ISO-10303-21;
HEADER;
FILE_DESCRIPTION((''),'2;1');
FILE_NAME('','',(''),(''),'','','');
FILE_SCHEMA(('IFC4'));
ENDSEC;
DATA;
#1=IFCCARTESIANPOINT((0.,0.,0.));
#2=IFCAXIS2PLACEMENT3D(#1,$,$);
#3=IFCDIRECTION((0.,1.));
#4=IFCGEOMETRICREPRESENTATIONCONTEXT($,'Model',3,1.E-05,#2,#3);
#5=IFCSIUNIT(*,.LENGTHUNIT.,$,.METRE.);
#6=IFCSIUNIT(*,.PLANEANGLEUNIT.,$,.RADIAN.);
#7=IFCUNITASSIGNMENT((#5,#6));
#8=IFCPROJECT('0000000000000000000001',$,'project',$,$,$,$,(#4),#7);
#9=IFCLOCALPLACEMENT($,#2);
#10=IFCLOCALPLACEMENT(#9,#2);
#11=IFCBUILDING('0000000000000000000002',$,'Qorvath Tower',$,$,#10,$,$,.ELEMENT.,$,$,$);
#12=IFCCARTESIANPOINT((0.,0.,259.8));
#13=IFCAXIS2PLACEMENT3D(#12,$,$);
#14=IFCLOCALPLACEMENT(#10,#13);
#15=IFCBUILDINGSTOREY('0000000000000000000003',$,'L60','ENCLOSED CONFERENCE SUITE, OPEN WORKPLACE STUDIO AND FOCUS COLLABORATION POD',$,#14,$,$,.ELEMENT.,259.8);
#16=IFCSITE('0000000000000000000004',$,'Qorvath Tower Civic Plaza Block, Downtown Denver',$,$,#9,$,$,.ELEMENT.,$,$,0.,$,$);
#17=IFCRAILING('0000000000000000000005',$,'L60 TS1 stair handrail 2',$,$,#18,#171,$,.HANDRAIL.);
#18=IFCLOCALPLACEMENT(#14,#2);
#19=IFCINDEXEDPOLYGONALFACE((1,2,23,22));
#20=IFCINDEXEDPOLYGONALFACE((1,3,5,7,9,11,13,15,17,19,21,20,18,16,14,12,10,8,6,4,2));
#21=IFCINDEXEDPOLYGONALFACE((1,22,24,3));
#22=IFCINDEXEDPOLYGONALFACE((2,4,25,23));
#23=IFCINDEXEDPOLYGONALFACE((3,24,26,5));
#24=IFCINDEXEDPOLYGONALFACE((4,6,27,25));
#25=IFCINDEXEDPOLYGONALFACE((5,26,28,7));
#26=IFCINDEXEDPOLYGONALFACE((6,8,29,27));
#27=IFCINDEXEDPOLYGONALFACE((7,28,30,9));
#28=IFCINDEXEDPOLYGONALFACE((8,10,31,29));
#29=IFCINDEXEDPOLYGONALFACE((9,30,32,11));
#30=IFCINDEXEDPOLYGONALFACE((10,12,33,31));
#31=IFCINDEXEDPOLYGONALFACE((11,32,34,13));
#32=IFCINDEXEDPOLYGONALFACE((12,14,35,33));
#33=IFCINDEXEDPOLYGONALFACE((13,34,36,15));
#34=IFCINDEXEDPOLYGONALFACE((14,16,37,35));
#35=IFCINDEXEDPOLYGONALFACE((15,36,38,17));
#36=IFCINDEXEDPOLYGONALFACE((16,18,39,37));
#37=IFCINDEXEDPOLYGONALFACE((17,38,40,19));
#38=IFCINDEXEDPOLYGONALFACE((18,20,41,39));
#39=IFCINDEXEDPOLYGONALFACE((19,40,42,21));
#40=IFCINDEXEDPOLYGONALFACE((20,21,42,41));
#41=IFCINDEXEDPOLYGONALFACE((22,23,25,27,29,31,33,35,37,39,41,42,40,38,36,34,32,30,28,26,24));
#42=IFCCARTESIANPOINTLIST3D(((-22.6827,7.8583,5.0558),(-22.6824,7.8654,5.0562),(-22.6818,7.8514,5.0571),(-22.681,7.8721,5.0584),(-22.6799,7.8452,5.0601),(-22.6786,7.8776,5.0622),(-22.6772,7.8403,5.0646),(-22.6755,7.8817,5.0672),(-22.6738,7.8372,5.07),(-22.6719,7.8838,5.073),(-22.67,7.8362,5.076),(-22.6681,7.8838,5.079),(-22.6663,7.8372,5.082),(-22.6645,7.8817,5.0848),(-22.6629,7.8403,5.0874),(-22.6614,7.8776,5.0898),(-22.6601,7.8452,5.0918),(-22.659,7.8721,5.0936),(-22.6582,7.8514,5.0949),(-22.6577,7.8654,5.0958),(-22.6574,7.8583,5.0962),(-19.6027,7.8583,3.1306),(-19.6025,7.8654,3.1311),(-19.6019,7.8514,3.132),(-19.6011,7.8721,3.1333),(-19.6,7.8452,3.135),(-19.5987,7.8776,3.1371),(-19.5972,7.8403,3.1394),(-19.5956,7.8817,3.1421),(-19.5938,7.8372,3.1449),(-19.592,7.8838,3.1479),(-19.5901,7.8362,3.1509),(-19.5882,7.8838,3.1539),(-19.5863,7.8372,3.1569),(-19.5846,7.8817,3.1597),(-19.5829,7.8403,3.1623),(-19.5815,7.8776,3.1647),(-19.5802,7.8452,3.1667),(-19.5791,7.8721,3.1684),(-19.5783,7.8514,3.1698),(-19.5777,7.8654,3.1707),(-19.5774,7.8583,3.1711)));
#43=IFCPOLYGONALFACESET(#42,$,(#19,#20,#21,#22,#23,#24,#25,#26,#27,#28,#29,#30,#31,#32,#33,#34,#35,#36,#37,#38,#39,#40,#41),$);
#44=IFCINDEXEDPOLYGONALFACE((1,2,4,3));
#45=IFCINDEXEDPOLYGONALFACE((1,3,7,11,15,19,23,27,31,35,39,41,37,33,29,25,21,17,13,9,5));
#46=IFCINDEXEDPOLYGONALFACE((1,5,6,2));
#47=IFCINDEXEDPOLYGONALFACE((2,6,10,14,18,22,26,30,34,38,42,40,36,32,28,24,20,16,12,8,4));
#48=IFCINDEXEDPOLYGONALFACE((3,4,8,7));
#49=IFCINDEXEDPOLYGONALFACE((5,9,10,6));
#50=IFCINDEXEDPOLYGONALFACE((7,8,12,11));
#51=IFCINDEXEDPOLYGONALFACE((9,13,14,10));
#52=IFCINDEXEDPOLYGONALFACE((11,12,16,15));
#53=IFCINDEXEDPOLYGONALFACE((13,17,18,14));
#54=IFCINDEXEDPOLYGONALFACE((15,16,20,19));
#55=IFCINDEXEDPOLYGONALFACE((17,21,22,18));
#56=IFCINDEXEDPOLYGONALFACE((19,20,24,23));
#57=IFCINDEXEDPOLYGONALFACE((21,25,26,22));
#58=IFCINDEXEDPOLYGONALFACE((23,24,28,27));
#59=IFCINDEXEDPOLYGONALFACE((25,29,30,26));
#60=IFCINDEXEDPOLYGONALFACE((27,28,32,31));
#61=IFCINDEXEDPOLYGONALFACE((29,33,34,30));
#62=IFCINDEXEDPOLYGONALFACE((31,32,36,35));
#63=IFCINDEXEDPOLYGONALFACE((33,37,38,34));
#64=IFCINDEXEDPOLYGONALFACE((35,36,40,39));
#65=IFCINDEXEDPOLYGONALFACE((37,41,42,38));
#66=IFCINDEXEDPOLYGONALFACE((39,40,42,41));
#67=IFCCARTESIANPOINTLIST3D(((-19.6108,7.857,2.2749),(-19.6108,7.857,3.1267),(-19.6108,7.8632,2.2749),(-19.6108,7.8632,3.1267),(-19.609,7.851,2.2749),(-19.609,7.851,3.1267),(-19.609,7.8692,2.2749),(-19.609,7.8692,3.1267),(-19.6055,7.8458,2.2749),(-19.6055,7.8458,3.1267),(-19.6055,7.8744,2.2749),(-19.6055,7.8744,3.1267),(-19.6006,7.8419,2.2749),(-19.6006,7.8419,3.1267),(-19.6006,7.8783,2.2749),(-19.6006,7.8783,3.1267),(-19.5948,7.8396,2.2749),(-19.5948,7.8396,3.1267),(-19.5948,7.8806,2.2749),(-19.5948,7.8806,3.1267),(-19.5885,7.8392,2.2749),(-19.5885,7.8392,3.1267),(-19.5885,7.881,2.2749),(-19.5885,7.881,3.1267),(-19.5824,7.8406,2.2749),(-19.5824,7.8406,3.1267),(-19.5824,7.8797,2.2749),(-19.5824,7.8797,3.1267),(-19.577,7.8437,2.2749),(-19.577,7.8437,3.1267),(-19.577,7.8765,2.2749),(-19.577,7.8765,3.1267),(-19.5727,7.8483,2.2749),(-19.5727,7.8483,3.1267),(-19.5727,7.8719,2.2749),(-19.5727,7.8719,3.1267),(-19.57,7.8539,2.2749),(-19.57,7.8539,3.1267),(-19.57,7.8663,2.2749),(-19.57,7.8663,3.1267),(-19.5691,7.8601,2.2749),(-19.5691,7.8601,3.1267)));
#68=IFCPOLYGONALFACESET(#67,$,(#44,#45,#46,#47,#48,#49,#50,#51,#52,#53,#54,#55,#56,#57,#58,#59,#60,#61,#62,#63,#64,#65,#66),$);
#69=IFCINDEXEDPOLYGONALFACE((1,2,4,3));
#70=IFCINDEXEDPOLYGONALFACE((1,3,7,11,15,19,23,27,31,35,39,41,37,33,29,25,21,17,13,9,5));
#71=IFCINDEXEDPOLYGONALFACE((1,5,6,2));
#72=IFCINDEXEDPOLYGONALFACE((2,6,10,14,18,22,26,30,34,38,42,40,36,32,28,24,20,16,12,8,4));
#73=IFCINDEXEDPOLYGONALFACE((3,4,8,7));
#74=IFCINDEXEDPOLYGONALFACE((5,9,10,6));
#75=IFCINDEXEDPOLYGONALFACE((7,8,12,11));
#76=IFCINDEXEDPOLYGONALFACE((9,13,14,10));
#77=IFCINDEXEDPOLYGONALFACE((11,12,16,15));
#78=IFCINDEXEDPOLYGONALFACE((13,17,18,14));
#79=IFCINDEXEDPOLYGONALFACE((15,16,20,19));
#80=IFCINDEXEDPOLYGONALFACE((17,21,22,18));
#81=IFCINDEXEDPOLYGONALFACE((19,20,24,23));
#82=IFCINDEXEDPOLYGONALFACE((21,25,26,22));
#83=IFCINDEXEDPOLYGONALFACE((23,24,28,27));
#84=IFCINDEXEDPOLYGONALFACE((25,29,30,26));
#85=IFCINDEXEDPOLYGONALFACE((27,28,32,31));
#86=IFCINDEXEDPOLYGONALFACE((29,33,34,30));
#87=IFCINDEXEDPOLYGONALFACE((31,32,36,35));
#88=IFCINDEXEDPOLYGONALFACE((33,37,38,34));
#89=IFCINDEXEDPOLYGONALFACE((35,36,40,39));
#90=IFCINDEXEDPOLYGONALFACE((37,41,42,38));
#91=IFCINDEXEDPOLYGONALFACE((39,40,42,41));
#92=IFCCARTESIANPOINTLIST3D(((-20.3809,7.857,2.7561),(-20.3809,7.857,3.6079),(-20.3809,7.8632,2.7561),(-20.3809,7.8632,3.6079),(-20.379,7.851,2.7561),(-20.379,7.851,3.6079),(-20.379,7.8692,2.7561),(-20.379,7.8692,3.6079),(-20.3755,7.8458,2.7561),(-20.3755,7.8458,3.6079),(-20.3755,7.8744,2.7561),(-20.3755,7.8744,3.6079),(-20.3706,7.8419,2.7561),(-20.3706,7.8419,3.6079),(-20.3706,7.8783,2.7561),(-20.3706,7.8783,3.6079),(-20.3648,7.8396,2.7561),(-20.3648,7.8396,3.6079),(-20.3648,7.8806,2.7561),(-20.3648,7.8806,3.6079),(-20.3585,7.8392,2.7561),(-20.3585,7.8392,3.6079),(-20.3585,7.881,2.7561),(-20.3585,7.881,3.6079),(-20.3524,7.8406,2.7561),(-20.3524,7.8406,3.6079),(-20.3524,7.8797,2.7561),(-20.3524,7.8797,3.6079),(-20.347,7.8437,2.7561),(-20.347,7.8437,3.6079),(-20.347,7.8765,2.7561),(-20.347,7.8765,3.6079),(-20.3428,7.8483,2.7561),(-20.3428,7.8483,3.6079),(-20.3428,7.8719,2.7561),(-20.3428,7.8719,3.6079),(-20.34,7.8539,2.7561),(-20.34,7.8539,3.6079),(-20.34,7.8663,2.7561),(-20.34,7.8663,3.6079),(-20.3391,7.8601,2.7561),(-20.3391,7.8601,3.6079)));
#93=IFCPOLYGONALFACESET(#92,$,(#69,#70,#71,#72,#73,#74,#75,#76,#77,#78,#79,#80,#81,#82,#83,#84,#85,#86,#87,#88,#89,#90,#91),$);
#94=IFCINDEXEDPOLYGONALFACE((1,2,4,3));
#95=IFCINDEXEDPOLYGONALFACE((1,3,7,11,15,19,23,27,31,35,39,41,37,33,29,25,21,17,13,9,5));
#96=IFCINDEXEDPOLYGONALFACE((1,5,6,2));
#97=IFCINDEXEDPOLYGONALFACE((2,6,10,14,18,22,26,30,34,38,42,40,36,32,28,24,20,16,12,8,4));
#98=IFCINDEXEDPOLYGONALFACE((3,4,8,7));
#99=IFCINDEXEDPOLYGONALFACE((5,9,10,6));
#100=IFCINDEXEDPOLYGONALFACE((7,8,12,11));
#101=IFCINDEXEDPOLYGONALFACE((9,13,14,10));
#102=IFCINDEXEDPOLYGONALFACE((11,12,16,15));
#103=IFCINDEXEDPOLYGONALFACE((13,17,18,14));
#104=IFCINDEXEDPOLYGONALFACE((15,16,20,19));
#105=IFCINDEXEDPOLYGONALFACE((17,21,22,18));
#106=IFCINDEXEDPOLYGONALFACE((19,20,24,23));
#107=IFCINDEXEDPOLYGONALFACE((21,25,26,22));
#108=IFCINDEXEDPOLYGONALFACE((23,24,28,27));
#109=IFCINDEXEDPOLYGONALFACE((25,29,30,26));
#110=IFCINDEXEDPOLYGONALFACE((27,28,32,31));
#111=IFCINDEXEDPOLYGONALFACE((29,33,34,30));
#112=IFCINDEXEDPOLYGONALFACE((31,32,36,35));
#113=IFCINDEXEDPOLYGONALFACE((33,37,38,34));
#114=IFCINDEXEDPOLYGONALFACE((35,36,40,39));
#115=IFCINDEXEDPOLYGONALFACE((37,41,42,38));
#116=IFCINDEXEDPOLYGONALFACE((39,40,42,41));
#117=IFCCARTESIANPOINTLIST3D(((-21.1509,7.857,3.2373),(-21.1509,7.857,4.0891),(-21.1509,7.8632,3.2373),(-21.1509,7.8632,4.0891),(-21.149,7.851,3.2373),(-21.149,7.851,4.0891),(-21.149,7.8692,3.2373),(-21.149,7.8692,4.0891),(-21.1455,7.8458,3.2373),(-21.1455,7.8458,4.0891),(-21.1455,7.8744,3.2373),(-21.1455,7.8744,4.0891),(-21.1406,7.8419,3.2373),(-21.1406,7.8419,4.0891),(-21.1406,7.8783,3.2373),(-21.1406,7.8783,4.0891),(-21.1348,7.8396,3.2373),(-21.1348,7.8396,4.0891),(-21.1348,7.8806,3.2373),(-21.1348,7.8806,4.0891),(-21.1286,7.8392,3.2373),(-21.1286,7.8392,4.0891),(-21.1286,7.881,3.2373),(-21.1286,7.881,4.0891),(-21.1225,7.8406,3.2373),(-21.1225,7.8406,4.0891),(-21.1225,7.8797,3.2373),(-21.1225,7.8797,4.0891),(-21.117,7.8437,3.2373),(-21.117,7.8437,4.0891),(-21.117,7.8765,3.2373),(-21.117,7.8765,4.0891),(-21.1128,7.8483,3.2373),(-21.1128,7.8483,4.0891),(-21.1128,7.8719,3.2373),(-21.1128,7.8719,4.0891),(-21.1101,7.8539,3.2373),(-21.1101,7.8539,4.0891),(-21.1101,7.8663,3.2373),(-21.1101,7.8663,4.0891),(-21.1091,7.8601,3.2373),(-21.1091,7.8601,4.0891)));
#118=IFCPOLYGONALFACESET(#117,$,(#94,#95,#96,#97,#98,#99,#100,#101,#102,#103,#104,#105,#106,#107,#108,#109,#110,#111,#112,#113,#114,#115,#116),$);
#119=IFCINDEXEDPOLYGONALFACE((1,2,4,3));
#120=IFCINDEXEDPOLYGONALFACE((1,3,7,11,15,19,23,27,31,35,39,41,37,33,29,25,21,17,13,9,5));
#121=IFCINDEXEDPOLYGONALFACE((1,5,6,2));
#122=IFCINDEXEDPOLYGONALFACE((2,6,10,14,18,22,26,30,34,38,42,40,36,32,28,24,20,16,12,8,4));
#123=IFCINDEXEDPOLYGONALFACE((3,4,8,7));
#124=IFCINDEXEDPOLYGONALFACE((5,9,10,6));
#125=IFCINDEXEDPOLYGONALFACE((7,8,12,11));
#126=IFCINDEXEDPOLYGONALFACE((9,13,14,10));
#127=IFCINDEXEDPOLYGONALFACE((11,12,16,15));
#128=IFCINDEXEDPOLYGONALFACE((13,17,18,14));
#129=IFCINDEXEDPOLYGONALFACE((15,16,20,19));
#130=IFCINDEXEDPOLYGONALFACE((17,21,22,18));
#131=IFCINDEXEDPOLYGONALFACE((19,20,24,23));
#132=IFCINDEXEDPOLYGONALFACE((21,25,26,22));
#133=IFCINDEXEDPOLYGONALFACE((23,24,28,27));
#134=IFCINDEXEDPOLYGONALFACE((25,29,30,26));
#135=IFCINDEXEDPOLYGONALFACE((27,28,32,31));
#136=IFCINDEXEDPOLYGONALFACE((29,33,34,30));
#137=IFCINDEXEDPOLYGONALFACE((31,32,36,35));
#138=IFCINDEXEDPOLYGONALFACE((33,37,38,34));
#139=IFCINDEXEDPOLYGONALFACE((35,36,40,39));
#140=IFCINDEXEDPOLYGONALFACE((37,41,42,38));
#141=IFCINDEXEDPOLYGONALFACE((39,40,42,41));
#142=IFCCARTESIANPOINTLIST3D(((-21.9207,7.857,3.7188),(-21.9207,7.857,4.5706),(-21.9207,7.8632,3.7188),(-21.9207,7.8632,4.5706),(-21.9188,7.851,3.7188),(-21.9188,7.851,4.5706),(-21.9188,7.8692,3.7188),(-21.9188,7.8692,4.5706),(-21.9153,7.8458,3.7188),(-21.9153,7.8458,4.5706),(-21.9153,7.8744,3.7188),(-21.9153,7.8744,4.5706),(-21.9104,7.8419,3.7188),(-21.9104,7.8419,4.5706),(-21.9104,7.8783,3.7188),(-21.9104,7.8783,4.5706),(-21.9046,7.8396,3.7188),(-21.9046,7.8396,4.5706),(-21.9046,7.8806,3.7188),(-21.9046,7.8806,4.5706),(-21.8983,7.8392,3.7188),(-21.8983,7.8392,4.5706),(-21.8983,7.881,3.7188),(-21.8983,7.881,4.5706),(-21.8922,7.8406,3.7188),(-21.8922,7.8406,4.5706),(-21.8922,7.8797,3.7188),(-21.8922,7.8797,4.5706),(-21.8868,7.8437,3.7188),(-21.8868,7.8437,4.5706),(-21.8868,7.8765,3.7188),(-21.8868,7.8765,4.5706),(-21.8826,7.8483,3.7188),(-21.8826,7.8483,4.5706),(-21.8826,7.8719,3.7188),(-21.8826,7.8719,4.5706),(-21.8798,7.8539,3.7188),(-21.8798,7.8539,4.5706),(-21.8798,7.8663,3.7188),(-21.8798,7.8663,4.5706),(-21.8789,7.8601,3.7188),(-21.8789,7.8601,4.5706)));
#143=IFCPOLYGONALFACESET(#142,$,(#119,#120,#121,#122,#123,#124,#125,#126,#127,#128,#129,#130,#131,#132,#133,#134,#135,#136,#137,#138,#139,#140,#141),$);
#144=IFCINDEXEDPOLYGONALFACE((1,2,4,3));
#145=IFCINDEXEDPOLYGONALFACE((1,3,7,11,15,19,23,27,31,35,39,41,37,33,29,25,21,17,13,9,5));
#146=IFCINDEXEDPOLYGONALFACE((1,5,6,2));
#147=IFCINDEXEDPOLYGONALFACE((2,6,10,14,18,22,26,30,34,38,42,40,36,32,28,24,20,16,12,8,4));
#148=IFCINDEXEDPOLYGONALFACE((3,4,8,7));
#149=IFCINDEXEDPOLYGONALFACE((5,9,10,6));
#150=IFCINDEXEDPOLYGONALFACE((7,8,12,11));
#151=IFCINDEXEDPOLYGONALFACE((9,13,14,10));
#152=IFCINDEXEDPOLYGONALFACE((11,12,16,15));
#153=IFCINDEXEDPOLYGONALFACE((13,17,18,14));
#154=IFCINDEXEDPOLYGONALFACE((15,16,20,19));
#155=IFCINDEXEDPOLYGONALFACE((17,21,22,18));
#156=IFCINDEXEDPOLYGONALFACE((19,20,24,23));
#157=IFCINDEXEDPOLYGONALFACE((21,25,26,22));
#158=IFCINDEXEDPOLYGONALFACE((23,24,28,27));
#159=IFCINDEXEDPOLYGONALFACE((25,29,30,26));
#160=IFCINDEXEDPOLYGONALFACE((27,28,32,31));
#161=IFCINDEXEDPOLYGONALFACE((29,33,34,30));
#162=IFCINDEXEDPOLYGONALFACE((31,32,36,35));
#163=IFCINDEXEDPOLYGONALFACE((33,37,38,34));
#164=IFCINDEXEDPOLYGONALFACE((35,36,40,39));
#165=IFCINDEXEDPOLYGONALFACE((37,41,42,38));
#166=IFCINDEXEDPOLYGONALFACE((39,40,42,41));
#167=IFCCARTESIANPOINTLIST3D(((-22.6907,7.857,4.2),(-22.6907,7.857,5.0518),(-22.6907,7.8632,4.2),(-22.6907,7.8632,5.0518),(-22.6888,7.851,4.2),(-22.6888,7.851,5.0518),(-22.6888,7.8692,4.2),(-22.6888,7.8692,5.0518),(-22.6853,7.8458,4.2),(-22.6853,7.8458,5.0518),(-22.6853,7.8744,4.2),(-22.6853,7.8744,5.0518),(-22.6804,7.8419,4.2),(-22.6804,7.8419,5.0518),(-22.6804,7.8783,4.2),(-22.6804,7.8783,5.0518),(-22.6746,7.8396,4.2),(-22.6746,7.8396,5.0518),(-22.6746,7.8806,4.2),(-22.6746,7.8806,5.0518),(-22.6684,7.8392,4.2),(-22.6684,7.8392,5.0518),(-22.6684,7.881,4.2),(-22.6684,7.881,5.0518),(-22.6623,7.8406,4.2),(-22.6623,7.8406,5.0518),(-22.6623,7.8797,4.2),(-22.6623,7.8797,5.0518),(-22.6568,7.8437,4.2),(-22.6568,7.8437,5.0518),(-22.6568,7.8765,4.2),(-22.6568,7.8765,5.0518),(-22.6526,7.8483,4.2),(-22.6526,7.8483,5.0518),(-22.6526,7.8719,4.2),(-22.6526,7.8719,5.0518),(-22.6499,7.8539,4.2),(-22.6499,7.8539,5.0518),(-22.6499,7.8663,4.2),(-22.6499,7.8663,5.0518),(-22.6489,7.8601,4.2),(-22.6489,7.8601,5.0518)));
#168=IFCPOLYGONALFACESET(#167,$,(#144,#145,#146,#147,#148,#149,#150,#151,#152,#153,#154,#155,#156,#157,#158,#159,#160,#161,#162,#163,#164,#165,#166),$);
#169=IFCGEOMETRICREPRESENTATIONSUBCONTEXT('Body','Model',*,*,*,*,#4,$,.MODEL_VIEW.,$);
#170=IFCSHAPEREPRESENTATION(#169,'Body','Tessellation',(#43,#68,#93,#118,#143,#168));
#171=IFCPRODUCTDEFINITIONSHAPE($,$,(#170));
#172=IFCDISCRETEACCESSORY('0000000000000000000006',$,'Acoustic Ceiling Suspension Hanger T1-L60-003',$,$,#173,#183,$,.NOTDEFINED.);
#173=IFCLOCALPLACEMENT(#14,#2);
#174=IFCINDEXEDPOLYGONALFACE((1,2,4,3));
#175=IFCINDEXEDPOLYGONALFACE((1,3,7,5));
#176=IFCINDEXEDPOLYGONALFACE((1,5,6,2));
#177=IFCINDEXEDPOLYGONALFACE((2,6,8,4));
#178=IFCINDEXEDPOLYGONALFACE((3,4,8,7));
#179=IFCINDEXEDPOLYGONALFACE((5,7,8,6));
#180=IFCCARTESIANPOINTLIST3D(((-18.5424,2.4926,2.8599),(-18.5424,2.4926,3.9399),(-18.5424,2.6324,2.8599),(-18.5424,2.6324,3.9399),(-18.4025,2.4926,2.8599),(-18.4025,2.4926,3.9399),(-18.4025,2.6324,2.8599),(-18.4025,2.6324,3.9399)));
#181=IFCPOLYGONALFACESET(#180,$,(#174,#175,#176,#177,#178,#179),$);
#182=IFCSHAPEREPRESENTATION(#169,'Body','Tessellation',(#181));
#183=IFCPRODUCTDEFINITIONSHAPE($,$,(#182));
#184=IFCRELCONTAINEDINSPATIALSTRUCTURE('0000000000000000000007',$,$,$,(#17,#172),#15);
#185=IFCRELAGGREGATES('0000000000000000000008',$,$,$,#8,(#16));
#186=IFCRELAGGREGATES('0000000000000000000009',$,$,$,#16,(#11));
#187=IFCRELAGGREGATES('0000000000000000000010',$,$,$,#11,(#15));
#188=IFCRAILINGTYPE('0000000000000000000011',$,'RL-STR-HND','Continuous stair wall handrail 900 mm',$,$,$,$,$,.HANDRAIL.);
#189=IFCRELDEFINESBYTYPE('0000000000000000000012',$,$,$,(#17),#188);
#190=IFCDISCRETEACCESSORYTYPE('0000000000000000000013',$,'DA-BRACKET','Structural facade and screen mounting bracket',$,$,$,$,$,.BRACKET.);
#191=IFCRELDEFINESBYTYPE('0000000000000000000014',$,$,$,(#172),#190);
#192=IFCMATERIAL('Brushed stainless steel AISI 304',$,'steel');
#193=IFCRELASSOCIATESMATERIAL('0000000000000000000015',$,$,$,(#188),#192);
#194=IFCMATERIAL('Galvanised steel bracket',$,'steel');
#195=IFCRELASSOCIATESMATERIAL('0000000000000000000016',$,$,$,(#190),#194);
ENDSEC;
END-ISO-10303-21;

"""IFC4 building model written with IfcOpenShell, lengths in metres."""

from ifc_helpers import new_model, si_unit, direction, frame, origin, origin_2d, place, context, subcontext, project, spatial, rectangle, circle, extrude, material, type_object, element, save


model = new_model("IFC4")

# Units and contexts
model_context = context("Model", 3, precision=1e-05, world=origin(), true_north=direction((0.0, 1.0)))
body_context = subcontext(model_context, "Body", "Model", "MODEL_VIEW")
ifc_project = project(units=[si_unit("LENGTHUNIT", "METRE"), si_unit("PLANEANGLEUNIT", "RADIAN")], contexts=[model_context])

# Site, building, storey
site_placement = place(None, origin())
site = spatial("IfcSite", under=ifc_project, at=site_placement, Name="Qorvath Tower Civic Plaza Block, Downtown Denver", CompositionType="ELEMENT", RefElevation=0.0)
building_placement = place(site_placement, origin())
building = spatial("IfcBuilding", under=site, at=building_placement, Name="Qorvath Tower", CompositionType="ELEMENT")
storey_placement = place(building_placement, frame((0.0, 0.0, 259.8)))
storey = spatial("IfcBuildingStorey", under=building, at=storey_placement, Name="L60", Description="ENCLOSED CONFERENCE SUITE, OPEN WORKPLACE STUDIO AND FOCUS COLLABORATION POD", CompositionType="ELEMENT", Elevation=259.8)

# Railing
ifc_material_1 = material(Name="Brushed stainless steel AISI 304", Category="steel")
railing_type_1 = type_object("IfcRailingType", Name="RL-STR-HND", Description="Continuous stair wall handrail 900 mm", PredefinedType="HANDRAIL", material=ifc_material_1)
railing_1_placement = place(storey_placement, frame((-19.5901, 7.8601, 2.2749)))
element("IfcRailing", 1, at=railing_1_placement, inside=storey, type_object=railing_type_1, Name="L60 TS1 stair handrail 2", PredefinedType="HANDRAIL", context=body_context, shape_type="SweptSolid", body=[
    extrude(circle(Radius=0.0239, at=origin_2d()), frame((0.0, 0.0, 0.876), z_axis=(-0.847979, 0.0, 0.530029), x_axis=(0.0, -1.0, 0.0)), (0.0, 0.0, 1.0), 3.6321),
    extrude(circle(Radius=0.021, at=origin_2d()), origin(), (0.0, 0.0, 1.0), 0.8518),
    extrude(circle(Radius=0.021, at=origin_2d()), frame((-0.77, 0.0, 0.4812)), (0.0, 0.0, 1.0), 0.8518),
    extrude(circle(Radius=0.021, at=origin_2d()), frame((-1.54, 0.0, 0.9624)), (0.0, 0.0, 1.0), 0.8518),
    extrude(circle(Radius=0.021, at=origin_2d()), frame((-2.3098, 0.0, 1.4438)), (0.0, 0.0, 1.0), 0.8518),
    extrude(circle(Radius=0.021, at=origin_2d()), frame((-3.0798, 0.0, 1.925)), (0.0, 0.0, 1.0), 0.8518),
])

# Discrete accessory
ifc_material_2 = material(Name="Galvanised steel bracket", Category="steel")
discrete_accessory_type = type_object("IfcDiscreteAccessoryType", Name="DA-BRACKET", Description="Structural facade and screen mounting bracket", PredefinedType="BRACKET", material=ifc_material_2)
discrete_accessory_placement = place(storey_placement, frame((-18.4724, 2.5625, 2.8599), z_axis=(0.0, 0.0, 1.0), x_axis=(1.0, 0.0, 0.0)))
element("IfcDiscreteAccessory", 2, at=discrete_accessory_placement, inside=storey, type_object=discrete_accessory_type, Name="Acoustic Ceiling Suspension Hanger T1-L60-003", PredefinedType="NOTDEFINED", context=body_context, shape_type="SweptSolid", body=[
    extrude(rectangle(XDim=0.1399, YDim=0.1399, at=origin_2d()), origin(), (0.0, 0.0, 1.0), 1.0801),
])

save(model, "model.ifc")
